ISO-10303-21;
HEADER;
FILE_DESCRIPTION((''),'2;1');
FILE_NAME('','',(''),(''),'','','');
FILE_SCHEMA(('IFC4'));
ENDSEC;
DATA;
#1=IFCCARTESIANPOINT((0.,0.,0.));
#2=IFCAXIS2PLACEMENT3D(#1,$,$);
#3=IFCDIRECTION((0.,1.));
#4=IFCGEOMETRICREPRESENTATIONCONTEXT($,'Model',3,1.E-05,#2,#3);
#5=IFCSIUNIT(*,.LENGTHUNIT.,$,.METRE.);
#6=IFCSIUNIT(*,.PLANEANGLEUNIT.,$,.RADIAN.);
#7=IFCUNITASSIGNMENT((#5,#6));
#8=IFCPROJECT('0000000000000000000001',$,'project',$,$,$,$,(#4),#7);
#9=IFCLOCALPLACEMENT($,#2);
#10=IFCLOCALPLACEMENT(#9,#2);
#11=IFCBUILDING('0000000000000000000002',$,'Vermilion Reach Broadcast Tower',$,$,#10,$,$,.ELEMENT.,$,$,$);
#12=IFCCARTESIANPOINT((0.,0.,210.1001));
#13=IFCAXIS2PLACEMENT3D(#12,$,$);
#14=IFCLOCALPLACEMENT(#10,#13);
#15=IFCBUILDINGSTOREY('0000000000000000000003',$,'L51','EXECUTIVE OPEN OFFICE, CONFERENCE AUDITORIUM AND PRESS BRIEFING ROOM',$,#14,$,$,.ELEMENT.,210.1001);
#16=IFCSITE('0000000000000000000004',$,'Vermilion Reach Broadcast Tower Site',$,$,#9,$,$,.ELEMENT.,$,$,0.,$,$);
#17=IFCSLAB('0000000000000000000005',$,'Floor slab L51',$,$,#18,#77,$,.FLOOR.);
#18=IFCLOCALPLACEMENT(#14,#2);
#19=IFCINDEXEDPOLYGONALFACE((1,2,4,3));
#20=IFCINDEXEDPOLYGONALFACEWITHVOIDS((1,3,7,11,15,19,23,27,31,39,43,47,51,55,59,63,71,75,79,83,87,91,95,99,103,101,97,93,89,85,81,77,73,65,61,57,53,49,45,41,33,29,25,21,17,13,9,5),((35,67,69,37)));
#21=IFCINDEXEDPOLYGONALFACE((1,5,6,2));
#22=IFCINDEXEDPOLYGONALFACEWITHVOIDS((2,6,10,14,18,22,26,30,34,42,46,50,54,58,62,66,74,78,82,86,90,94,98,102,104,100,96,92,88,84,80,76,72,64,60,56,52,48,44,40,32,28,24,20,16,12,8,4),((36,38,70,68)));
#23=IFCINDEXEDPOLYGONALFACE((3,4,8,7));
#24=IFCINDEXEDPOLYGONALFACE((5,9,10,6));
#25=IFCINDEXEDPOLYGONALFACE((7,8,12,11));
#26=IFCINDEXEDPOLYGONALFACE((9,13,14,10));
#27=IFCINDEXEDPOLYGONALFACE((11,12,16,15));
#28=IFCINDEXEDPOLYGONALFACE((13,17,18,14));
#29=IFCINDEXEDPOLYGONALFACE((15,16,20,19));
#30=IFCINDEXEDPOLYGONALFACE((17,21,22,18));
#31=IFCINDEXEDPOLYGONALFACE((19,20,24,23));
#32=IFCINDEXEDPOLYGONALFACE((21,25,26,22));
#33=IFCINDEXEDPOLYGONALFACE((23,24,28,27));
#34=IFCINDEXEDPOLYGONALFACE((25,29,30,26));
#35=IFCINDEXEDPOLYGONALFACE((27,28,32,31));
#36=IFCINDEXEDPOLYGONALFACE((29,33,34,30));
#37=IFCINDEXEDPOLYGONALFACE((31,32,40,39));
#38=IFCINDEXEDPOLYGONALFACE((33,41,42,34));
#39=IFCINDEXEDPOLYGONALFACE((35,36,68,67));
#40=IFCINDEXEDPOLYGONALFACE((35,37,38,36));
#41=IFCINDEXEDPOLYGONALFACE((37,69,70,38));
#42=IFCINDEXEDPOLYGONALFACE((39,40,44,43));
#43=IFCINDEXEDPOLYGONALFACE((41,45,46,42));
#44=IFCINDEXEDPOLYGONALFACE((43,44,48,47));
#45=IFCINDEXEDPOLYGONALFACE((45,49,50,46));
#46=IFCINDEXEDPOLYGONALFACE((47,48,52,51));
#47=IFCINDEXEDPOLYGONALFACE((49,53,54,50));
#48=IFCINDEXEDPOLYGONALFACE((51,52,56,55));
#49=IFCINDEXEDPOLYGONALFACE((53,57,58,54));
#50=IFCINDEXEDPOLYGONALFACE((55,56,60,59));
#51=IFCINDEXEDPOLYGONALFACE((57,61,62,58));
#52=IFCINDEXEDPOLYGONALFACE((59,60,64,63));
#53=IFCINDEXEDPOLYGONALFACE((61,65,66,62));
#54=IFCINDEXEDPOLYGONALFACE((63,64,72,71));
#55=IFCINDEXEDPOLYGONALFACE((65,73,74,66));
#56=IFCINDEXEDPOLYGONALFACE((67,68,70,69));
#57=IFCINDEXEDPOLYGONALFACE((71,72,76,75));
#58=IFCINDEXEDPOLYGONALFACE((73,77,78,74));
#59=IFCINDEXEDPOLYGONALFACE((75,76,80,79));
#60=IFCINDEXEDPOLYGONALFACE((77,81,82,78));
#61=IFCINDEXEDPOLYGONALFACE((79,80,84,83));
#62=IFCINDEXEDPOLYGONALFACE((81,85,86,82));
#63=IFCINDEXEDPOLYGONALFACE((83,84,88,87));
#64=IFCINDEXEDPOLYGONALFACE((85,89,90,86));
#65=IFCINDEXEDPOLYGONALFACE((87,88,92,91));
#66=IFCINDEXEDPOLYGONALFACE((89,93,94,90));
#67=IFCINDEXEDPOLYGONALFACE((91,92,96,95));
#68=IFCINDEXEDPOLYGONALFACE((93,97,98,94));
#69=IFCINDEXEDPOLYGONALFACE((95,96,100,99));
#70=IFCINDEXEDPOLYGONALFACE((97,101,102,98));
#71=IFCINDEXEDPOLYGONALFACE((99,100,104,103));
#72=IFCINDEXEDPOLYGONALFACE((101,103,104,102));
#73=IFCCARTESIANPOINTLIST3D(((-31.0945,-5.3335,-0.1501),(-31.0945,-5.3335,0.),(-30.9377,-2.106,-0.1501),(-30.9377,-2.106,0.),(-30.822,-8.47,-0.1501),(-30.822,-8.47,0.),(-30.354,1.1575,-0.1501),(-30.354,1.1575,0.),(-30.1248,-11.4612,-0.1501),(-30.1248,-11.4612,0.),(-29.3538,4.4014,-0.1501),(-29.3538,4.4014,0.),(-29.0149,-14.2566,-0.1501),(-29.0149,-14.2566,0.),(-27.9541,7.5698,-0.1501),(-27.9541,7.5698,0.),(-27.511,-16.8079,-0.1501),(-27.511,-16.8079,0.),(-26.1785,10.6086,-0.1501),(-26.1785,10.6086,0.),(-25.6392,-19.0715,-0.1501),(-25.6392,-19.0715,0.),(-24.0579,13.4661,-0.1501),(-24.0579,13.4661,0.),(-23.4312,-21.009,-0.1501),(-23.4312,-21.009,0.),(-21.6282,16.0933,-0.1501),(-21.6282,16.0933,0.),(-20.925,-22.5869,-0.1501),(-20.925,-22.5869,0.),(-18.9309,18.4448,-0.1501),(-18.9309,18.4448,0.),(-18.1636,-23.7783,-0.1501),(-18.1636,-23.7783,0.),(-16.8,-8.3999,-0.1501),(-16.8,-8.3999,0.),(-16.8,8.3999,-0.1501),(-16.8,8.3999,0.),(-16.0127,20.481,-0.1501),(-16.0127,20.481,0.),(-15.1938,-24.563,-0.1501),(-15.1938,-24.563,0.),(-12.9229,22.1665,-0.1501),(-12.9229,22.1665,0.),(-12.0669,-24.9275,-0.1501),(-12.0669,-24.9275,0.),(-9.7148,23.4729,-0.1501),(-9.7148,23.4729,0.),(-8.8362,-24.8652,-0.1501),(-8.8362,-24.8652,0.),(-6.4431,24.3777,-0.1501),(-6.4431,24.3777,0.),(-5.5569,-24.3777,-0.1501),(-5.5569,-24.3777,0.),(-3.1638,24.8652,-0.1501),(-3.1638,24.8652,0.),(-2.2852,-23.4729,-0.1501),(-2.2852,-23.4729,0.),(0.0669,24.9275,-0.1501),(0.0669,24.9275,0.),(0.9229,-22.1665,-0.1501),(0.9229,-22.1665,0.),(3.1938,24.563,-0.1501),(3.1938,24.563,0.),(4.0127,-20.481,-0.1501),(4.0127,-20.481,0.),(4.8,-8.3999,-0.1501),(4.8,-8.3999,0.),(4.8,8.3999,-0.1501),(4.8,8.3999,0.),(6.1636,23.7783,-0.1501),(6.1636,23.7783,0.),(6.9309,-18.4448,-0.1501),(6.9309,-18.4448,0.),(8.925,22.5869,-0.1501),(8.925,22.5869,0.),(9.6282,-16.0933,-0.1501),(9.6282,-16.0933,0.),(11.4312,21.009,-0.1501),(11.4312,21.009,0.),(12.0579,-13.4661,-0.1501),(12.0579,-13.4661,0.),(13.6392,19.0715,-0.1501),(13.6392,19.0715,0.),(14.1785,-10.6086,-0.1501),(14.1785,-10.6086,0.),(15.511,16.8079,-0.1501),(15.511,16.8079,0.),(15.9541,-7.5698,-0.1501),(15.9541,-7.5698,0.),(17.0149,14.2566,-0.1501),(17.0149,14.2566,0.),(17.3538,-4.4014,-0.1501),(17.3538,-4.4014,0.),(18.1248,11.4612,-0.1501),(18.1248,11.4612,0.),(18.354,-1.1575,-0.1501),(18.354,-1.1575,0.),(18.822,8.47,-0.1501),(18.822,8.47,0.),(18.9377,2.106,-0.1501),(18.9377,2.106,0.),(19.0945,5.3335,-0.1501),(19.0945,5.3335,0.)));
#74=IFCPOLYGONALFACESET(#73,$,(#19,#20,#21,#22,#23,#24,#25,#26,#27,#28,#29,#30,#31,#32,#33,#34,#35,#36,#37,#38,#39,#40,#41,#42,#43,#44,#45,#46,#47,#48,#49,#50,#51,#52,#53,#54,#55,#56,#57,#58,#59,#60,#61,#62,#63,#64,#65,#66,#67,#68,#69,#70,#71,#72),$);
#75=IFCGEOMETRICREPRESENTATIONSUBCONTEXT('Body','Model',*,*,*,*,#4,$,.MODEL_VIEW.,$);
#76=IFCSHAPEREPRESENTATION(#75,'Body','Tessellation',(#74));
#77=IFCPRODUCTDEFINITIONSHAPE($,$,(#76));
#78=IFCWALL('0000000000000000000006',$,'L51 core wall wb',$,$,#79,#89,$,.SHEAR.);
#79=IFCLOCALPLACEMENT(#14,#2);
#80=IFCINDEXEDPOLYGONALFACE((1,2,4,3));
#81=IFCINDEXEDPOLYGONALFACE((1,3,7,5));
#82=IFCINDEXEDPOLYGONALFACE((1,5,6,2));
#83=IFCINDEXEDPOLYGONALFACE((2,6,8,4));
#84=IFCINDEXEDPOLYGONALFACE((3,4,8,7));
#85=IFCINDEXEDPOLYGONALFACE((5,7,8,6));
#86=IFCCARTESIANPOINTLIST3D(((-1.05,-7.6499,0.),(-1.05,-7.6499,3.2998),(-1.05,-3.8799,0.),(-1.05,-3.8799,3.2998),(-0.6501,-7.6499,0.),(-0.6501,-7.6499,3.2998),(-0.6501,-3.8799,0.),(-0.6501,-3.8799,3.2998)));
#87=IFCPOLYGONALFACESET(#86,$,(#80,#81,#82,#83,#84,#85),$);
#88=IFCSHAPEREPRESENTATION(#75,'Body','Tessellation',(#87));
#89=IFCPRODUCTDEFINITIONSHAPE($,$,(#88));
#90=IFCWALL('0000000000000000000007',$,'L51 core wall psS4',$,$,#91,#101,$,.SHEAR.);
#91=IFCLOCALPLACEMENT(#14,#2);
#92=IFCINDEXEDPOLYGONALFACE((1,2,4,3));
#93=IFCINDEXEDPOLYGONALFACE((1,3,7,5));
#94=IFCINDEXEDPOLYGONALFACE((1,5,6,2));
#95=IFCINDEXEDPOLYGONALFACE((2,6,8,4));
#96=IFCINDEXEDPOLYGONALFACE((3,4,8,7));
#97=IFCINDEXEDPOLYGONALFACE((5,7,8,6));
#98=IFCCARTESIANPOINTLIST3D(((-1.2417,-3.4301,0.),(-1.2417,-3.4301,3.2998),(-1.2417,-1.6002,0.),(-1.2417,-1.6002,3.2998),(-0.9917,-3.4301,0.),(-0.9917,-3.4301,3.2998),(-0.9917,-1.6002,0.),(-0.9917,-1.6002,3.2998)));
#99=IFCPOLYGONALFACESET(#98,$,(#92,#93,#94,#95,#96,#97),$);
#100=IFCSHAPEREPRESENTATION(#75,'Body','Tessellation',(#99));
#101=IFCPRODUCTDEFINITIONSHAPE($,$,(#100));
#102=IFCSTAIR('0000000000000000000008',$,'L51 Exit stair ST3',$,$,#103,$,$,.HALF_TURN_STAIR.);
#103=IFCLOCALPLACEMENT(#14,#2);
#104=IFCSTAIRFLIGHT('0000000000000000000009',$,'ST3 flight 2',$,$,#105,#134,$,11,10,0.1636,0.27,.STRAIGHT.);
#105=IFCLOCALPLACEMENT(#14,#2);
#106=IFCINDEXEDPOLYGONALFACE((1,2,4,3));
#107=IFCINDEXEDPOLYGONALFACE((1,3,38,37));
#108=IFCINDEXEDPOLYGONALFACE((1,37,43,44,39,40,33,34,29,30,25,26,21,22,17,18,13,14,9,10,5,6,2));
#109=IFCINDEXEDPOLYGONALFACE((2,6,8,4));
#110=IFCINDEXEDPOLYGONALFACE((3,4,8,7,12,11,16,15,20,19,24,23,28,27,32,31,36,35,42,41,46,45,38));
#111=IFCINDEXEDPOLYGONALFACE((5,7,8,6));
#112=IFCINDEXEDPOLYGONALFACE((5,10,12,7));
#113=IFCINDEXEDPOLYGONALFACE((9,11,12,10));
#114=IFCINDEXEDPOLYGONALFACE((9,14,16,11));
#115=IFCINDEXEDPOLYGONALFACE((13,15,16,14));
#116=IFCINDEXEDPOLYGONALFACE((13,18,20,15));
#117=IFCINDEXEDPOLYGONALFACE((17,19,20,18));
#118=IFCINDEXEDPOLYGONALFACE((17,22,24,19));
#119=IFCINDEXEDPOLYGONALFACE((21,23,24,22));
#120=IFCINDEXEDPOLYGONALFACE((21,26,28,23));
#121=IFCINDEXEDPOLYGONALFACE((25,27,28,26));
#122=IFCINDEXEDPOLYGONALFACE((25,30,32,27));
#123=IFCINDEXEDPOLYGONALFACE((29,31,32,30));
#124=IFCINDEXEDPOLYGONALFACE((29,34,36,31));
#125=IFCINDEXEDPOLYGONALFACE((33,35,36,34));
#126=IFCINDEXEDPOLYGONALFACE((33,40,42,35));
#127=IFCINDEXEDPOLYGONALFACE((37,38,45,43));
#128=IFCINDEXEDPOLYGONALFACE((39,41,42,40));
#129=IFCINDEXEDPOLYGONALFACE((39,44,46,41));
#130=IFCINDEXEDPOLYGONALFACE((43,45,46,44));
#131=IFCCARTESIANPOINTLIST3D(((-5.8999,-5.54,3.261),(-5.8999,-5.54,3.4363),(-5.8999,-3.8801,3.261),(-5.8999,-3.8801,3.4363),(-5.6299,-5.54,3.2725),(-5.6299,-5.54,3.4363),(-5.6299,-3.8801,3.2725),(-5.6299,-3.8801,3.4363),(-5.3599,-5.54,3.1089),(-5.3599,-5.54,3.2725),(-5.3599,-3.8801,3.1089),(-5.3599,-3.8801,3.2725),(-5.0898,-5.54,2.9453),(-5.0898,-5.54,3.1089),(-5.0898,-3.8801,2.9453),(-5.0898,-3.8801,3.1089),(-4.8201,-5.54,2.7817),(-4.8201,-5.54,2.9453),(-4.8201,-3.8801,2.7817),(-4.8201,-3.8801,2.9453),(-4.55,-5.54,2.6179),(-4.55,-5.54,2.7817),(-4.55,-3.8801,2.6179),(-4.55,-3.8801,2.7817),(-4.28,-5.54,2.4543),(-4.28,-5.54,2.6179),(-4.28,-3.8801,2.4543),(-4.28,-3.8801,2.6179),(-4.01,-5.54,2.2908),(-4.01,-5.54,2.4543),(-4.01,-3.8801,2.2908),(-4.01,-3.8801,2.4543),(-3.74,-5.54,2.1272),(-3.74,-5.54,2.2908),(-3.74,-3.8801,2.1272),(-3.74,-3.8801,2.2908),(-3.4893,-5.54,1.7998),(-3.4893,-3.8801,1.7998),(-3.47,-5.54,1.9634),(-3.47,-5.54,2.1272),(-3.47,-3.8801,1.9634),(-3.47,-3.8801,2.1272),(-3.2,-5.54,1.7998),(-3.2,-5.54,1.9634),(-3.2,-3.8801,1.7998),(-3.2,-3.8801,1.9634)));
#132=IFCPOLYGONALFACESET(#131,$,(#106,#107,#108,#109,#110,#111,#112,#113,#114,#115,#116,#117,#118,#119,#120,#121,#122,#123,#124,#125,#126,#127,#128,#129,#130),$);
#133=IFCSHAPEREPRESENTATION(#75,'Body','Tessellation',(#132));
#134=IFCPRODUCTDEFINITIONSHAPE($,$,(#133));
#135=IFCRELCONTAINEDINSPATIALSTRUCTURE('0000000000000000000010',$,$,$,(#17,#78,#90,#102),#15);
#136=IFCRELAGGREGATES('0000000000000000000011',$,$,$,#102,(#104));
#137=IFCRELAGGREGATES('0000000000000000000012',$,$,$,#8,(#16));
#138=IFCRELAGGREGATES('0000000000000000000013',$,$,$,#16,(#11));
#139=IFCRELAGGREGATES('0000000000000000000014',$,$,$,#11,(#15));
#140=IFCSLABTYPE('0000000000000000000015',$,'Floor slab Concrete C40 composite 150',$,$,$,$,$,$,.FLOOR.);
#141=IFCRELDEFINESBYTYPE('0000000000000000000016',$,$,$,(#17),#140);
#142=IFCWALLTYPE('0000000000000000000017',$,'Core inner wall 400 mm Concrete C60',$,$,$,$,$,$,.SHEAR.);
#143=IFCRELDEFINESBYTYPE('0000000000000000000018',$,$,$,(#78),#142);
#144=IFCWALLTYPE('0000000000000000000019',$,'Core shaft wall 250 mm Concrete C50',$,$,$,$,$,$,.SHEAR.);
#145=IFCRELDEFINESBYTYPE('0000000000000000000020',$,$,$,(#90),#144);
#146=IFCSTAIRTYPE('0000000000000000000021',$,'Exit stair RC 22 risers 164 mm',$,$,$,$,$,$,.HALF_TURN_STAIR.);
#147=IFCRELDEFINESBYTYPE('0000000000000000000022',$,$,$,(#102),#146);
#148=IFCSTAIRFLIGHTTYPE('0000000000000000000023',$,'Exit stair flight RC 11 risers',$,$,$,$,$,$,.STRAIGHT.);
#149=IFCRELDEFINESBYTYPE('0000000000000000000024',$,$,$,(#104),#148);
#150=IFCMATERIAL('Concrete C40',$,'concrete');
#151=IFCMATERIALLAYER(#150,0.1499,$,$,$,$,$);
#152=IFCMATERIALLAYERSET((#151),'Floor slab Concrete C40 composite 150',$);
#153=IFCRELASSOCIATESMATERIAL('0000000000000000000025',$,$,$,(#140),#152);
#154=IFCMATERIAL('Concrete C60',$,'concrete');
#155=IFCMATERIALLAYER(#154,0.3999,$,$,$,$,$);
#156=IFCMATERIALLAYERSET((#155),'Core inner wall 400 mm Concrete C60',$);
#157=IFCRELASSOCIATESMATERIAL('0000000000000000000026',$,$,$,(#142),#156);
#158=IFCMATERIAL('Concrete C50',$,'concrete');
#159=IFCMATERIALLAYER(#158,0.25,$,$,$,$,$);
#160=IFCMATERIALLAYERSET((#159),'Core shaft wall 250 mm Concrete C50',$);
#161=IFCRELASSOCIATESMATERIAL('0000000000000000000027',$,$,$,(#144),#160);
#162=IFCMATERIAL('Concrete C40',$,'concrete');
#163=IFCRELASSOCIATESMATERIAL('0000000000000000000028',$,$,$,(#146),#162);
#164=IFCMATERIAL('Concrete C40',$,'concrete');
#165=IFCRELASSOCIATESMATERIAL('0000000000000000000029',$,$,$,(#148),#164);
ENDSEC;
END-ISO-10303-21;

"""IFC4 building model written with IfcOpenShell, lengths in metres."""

from ifc_helpers import new_model, si_unit, direction, frame, frame_2d, origin, place, context, subcontext, project, spatial, polyline, rectangle, outline, extrude, material, layer, layer_set, type_object, element, aggregate, save


model = new_model("IFC4")

# Units and contexts
model_context = context("Model", 3, precision=1e-05, world=origin(), true_north=direction((0.0, 1.0)))
body_context = subcontext(model_context, "Body", "Model", "MODEL_VIEW")
ifc_project = project(units=[si_unit("LENGTHUNIT", "METRE"), si_unit("PLANEANGLEUNIT", "RADIAN")], contexts=[model_context])

# Site, building, storey
site_placement = place(None, origin())
site = spatial("IfcSite", under=ifc_project, at=site_placement, Name="Vermilion Reach Broadcast Tower Site", CompositionType="ELEMENT", RefElevation=0.0)
building_placement = place(site_placement, origin())
building = spatial("IfcBuilding", under=site, at=building_placement, Name="Vermilion Reach Broadcast Tower", CompositionType="ELEMENT")
storey_placement = place(building_placement, frame((0.0, 0.0, 210.1001)))
storey = spatial("IfcBuildingStorey", under=building, at=storey_placement, Name="L51", Description="EXECUTIVE OPEN OFFICE, CONFERENCE AUDITORIUM AND PRESS BRIEFING ROOM", CompositionType="ELEMENT", Elevation=210.1001)

# Slab
ifc_material_1 = material(Name="Concrete C40", Category="concrete")
ifc_layer_1 = layer(ifc_material_1, 0.1499)
ifc_layer_set_1 = layer_set([ifc_layer_1], Name="Floor slab Concrete C40 composite 150")
slab_type_1 = type_object("IfcSlabType", Name="Floor slab Concrete C40 composite 150", PredefinedType="FLOOR", material=ifc_layer_set_1)
slab_1_placement = place(storey_placement, frame((0.0, 0.0, -0.1501)))
element("IfcSlab", 1, at=slab_1_placement, inside=storey, type_object=slab_type_1, Name="Floor slab L51", PredefinedType="FLOOR", context=body_context, shape_type="SweptSolid", body=[
    extrude(outline(polyline([(13.6392, 19.0715), (11.4312, 21.009), (8.925, 22.5869), (6.1636, 23.7783), (3.1938, 24.563), (0.0669, 24.9275), (-3.1638, 24.8652), (-6.4431, 24.3777), (-9.7148, 23.4729), (-12.9229, 22.1665), (-16.0127, 20.481), (-18.9309, 18.4448), (-21.6282, 16.0933), (-24.0579, 13.4661), (-26.1785, 10.6086), (-27.9541, 7.5698), (-29.3538, 4.4014), (-30.354, 1.1575), (-30.9377, -2.106), (-31.0945, -5.3335), (-30.822, -8.47), (-30.1248, -11.4612), (-29.0149, -14.2566), (-27.511, -16.8079), (-25.6392, -19.0715), (-23.4312, -21.009), (-20.925, -22.5869), (-18.1636, -23.7783), (-15.1938, -24.563), (-12.0669, -24.9275), (-8.8362, -24.8652), (-5.5569, -24.3777), (-2.2852, -23.4729), (0.9229, -22.1665), (4.0127, -20.481), (6.9309, -18.4448), (9.6282, -16.0933), (12.0579, -13.4661), (14.1785, -10.6086), (15.9541, -7.5698), (17.3538, -4.4014), (18.354, -1.1575), (18.9377, 2.106), (19.0945, 5.3335), (18.822, 8.47), (18.1248, 11.4612), (17.0149, 14.2566), (15.511, 16.8079), (13.6392, 19.0715)]), holes=[polyline([(-16.8, -8.3999), (4.8, -8.3999), (4.8, 8.3999), (-16.8, 8.3999), (-16.8, -8.3999)])]), origin(), (0.0, 0.0, 1.0), 0.1501),
])

# Walls
ifc_material_2 = material(Name="Concrete C60", Category="concrete")
ifc_layer_2 = layer(ifc_material_2, 0.3999)
ifc_layer_set_2 = layer_set([ifc_layer_2], Name="Core inner wall 400 mm Concrete C60")
wall_type_1 = type_object("IfcWallType", Name="Core inner wall 400 mm Concrete C60", PredefinedType="SHEAR", material=ifc_layer_set_2)
wall_1_placement = place(storey_placement, frame((-0.8501, -3.8799, 0.0), z_axis=(0.0, 0.0, 1.0), x_axis=(0.0, -1.0, 0.0)))
element("IfcWall", 2, at=wall_1_placement, inside=storey, type_object=wall_type_1, Name="L51 core wall wb", PredefinedType="SHEAR", context=body_context, shape_type="SweptSolid", body=[
    extrude(rectangle(XDim=3.77, YDim=0.3999, at=frame_2d((1.885, 0.0))), origin(), (0.0, 0.0, 1.0), 3.2998),
])
ifc_material_3 = material(Name="Concrete C50", Category="concrete")
ifc_layer_3 = layer(ifc_material_3, 0.25)
ifc_layer_set_3 = layer_set([ifc_layer_3], Name="Core shaft wall 250 mm Concrete C50")
wall_type_2 = type_object("IfcWallType", Name="Core shaft wall 250 mm Concrete C50", PredefinedType="SHEAR", material=ifc_layer_set_3)
wall_2_placement = place(storey_placement, frame((-1.1167, -1.6001, 0.0), z_axis=(0.0, 0.0, 1.0), x_axis=(0.0, -1.0, 0.0)))
element("IfcWall", 3, at=wall_2_placement, inside=storey, type_object=wall_type_2, Name="L51 core wall psS4", PredefinedType="SHEAR", context=body_context, shape_type="SweptSolid", body=[
    extrude(rectangle(XDim=1.8298, YDim=0.25, at=frame_2d((0.915, 0.0))), origin(), (0.0, 0.0, 1.0), 3.2998),
])

# Stair, stair flight
ifc_material_4 = material(Name="Concrete C40", Category="concrete")
stair_type = type_object("IfcStairType", Name="Exit stair RC 22 risers 164 mm", PredefinedType="HALF_TURN_STAIR", material=ifc_material_4)
placement_1 = place(storey_placement, origin())
stair = element("IfcStair", 4, at=placement_1, inside=storey, type_object=stair_type, Name="L51 Exit stair ST3", PredefinedType="HALF_TURN_STAIR")
ifc_material_5 = material(Name="Concrete C40", Category="concrete")
stair_flight_type = type_object("IfcStairFlightType", Name="Exit stair flight RC 11 risers", PredefinedType="STRAIGHT", material=ifc_material_5)
stair_flight_placement = place(storey_placement, frame((-3.2, -4.71, 1.7998), z_axis=(0.0, 0.0, 1.0), x_axis=(-1.0, 0.0, 0.0)))
stair_flight = element("IfcStairFlight", 5, at=stair_flight_placement, type_object=stair_flight_type, Name="ST3 flight 2", NumberOfRisers=11, NumberOfTreads=10, PredefinedType="STRAIGHT", RiserHeight=0.1636, TreadLength=0.27, context=body_context, shape_type="SweptSolid", body=[
    extrude(outline(polyline([(0.0, 0.0), (0.0, 0.1636), (0.27, 0.1636), (0.27, 0.3274), (0.54, 0.3274), (0.54, 0.491), (0.8101, 0.491), (0.8101, 0.6545), (1.0801, 0.6545), (1.0801, 0.8181), (1.3501, 0.8181), (1.3501, 0.9819), (1.6201, 0.9819), (1.6201, 1.1455), (1.8899, 1.1455), (1.8899, 1.3091), (2.1599, 1.3091), (2.1599, 1.4727), (2.4299, 1.4727), (2.4299, 1.6365), (2.7, 1.6365), (2.7, 1.8), (2.7, 1.4612), (0.2893, 0.0), (0.0, 0.0)])), frame((0.0, 0.8301, 0.0), z_axis=(0.0, -1.0, 0.0), x_axis=(1.0, 0.0, 0.0)), (0.0, 0.0, 1.0), 1.6599),
])
aggregate(stair, [stair_flight])

save(model, "model.ifc")
